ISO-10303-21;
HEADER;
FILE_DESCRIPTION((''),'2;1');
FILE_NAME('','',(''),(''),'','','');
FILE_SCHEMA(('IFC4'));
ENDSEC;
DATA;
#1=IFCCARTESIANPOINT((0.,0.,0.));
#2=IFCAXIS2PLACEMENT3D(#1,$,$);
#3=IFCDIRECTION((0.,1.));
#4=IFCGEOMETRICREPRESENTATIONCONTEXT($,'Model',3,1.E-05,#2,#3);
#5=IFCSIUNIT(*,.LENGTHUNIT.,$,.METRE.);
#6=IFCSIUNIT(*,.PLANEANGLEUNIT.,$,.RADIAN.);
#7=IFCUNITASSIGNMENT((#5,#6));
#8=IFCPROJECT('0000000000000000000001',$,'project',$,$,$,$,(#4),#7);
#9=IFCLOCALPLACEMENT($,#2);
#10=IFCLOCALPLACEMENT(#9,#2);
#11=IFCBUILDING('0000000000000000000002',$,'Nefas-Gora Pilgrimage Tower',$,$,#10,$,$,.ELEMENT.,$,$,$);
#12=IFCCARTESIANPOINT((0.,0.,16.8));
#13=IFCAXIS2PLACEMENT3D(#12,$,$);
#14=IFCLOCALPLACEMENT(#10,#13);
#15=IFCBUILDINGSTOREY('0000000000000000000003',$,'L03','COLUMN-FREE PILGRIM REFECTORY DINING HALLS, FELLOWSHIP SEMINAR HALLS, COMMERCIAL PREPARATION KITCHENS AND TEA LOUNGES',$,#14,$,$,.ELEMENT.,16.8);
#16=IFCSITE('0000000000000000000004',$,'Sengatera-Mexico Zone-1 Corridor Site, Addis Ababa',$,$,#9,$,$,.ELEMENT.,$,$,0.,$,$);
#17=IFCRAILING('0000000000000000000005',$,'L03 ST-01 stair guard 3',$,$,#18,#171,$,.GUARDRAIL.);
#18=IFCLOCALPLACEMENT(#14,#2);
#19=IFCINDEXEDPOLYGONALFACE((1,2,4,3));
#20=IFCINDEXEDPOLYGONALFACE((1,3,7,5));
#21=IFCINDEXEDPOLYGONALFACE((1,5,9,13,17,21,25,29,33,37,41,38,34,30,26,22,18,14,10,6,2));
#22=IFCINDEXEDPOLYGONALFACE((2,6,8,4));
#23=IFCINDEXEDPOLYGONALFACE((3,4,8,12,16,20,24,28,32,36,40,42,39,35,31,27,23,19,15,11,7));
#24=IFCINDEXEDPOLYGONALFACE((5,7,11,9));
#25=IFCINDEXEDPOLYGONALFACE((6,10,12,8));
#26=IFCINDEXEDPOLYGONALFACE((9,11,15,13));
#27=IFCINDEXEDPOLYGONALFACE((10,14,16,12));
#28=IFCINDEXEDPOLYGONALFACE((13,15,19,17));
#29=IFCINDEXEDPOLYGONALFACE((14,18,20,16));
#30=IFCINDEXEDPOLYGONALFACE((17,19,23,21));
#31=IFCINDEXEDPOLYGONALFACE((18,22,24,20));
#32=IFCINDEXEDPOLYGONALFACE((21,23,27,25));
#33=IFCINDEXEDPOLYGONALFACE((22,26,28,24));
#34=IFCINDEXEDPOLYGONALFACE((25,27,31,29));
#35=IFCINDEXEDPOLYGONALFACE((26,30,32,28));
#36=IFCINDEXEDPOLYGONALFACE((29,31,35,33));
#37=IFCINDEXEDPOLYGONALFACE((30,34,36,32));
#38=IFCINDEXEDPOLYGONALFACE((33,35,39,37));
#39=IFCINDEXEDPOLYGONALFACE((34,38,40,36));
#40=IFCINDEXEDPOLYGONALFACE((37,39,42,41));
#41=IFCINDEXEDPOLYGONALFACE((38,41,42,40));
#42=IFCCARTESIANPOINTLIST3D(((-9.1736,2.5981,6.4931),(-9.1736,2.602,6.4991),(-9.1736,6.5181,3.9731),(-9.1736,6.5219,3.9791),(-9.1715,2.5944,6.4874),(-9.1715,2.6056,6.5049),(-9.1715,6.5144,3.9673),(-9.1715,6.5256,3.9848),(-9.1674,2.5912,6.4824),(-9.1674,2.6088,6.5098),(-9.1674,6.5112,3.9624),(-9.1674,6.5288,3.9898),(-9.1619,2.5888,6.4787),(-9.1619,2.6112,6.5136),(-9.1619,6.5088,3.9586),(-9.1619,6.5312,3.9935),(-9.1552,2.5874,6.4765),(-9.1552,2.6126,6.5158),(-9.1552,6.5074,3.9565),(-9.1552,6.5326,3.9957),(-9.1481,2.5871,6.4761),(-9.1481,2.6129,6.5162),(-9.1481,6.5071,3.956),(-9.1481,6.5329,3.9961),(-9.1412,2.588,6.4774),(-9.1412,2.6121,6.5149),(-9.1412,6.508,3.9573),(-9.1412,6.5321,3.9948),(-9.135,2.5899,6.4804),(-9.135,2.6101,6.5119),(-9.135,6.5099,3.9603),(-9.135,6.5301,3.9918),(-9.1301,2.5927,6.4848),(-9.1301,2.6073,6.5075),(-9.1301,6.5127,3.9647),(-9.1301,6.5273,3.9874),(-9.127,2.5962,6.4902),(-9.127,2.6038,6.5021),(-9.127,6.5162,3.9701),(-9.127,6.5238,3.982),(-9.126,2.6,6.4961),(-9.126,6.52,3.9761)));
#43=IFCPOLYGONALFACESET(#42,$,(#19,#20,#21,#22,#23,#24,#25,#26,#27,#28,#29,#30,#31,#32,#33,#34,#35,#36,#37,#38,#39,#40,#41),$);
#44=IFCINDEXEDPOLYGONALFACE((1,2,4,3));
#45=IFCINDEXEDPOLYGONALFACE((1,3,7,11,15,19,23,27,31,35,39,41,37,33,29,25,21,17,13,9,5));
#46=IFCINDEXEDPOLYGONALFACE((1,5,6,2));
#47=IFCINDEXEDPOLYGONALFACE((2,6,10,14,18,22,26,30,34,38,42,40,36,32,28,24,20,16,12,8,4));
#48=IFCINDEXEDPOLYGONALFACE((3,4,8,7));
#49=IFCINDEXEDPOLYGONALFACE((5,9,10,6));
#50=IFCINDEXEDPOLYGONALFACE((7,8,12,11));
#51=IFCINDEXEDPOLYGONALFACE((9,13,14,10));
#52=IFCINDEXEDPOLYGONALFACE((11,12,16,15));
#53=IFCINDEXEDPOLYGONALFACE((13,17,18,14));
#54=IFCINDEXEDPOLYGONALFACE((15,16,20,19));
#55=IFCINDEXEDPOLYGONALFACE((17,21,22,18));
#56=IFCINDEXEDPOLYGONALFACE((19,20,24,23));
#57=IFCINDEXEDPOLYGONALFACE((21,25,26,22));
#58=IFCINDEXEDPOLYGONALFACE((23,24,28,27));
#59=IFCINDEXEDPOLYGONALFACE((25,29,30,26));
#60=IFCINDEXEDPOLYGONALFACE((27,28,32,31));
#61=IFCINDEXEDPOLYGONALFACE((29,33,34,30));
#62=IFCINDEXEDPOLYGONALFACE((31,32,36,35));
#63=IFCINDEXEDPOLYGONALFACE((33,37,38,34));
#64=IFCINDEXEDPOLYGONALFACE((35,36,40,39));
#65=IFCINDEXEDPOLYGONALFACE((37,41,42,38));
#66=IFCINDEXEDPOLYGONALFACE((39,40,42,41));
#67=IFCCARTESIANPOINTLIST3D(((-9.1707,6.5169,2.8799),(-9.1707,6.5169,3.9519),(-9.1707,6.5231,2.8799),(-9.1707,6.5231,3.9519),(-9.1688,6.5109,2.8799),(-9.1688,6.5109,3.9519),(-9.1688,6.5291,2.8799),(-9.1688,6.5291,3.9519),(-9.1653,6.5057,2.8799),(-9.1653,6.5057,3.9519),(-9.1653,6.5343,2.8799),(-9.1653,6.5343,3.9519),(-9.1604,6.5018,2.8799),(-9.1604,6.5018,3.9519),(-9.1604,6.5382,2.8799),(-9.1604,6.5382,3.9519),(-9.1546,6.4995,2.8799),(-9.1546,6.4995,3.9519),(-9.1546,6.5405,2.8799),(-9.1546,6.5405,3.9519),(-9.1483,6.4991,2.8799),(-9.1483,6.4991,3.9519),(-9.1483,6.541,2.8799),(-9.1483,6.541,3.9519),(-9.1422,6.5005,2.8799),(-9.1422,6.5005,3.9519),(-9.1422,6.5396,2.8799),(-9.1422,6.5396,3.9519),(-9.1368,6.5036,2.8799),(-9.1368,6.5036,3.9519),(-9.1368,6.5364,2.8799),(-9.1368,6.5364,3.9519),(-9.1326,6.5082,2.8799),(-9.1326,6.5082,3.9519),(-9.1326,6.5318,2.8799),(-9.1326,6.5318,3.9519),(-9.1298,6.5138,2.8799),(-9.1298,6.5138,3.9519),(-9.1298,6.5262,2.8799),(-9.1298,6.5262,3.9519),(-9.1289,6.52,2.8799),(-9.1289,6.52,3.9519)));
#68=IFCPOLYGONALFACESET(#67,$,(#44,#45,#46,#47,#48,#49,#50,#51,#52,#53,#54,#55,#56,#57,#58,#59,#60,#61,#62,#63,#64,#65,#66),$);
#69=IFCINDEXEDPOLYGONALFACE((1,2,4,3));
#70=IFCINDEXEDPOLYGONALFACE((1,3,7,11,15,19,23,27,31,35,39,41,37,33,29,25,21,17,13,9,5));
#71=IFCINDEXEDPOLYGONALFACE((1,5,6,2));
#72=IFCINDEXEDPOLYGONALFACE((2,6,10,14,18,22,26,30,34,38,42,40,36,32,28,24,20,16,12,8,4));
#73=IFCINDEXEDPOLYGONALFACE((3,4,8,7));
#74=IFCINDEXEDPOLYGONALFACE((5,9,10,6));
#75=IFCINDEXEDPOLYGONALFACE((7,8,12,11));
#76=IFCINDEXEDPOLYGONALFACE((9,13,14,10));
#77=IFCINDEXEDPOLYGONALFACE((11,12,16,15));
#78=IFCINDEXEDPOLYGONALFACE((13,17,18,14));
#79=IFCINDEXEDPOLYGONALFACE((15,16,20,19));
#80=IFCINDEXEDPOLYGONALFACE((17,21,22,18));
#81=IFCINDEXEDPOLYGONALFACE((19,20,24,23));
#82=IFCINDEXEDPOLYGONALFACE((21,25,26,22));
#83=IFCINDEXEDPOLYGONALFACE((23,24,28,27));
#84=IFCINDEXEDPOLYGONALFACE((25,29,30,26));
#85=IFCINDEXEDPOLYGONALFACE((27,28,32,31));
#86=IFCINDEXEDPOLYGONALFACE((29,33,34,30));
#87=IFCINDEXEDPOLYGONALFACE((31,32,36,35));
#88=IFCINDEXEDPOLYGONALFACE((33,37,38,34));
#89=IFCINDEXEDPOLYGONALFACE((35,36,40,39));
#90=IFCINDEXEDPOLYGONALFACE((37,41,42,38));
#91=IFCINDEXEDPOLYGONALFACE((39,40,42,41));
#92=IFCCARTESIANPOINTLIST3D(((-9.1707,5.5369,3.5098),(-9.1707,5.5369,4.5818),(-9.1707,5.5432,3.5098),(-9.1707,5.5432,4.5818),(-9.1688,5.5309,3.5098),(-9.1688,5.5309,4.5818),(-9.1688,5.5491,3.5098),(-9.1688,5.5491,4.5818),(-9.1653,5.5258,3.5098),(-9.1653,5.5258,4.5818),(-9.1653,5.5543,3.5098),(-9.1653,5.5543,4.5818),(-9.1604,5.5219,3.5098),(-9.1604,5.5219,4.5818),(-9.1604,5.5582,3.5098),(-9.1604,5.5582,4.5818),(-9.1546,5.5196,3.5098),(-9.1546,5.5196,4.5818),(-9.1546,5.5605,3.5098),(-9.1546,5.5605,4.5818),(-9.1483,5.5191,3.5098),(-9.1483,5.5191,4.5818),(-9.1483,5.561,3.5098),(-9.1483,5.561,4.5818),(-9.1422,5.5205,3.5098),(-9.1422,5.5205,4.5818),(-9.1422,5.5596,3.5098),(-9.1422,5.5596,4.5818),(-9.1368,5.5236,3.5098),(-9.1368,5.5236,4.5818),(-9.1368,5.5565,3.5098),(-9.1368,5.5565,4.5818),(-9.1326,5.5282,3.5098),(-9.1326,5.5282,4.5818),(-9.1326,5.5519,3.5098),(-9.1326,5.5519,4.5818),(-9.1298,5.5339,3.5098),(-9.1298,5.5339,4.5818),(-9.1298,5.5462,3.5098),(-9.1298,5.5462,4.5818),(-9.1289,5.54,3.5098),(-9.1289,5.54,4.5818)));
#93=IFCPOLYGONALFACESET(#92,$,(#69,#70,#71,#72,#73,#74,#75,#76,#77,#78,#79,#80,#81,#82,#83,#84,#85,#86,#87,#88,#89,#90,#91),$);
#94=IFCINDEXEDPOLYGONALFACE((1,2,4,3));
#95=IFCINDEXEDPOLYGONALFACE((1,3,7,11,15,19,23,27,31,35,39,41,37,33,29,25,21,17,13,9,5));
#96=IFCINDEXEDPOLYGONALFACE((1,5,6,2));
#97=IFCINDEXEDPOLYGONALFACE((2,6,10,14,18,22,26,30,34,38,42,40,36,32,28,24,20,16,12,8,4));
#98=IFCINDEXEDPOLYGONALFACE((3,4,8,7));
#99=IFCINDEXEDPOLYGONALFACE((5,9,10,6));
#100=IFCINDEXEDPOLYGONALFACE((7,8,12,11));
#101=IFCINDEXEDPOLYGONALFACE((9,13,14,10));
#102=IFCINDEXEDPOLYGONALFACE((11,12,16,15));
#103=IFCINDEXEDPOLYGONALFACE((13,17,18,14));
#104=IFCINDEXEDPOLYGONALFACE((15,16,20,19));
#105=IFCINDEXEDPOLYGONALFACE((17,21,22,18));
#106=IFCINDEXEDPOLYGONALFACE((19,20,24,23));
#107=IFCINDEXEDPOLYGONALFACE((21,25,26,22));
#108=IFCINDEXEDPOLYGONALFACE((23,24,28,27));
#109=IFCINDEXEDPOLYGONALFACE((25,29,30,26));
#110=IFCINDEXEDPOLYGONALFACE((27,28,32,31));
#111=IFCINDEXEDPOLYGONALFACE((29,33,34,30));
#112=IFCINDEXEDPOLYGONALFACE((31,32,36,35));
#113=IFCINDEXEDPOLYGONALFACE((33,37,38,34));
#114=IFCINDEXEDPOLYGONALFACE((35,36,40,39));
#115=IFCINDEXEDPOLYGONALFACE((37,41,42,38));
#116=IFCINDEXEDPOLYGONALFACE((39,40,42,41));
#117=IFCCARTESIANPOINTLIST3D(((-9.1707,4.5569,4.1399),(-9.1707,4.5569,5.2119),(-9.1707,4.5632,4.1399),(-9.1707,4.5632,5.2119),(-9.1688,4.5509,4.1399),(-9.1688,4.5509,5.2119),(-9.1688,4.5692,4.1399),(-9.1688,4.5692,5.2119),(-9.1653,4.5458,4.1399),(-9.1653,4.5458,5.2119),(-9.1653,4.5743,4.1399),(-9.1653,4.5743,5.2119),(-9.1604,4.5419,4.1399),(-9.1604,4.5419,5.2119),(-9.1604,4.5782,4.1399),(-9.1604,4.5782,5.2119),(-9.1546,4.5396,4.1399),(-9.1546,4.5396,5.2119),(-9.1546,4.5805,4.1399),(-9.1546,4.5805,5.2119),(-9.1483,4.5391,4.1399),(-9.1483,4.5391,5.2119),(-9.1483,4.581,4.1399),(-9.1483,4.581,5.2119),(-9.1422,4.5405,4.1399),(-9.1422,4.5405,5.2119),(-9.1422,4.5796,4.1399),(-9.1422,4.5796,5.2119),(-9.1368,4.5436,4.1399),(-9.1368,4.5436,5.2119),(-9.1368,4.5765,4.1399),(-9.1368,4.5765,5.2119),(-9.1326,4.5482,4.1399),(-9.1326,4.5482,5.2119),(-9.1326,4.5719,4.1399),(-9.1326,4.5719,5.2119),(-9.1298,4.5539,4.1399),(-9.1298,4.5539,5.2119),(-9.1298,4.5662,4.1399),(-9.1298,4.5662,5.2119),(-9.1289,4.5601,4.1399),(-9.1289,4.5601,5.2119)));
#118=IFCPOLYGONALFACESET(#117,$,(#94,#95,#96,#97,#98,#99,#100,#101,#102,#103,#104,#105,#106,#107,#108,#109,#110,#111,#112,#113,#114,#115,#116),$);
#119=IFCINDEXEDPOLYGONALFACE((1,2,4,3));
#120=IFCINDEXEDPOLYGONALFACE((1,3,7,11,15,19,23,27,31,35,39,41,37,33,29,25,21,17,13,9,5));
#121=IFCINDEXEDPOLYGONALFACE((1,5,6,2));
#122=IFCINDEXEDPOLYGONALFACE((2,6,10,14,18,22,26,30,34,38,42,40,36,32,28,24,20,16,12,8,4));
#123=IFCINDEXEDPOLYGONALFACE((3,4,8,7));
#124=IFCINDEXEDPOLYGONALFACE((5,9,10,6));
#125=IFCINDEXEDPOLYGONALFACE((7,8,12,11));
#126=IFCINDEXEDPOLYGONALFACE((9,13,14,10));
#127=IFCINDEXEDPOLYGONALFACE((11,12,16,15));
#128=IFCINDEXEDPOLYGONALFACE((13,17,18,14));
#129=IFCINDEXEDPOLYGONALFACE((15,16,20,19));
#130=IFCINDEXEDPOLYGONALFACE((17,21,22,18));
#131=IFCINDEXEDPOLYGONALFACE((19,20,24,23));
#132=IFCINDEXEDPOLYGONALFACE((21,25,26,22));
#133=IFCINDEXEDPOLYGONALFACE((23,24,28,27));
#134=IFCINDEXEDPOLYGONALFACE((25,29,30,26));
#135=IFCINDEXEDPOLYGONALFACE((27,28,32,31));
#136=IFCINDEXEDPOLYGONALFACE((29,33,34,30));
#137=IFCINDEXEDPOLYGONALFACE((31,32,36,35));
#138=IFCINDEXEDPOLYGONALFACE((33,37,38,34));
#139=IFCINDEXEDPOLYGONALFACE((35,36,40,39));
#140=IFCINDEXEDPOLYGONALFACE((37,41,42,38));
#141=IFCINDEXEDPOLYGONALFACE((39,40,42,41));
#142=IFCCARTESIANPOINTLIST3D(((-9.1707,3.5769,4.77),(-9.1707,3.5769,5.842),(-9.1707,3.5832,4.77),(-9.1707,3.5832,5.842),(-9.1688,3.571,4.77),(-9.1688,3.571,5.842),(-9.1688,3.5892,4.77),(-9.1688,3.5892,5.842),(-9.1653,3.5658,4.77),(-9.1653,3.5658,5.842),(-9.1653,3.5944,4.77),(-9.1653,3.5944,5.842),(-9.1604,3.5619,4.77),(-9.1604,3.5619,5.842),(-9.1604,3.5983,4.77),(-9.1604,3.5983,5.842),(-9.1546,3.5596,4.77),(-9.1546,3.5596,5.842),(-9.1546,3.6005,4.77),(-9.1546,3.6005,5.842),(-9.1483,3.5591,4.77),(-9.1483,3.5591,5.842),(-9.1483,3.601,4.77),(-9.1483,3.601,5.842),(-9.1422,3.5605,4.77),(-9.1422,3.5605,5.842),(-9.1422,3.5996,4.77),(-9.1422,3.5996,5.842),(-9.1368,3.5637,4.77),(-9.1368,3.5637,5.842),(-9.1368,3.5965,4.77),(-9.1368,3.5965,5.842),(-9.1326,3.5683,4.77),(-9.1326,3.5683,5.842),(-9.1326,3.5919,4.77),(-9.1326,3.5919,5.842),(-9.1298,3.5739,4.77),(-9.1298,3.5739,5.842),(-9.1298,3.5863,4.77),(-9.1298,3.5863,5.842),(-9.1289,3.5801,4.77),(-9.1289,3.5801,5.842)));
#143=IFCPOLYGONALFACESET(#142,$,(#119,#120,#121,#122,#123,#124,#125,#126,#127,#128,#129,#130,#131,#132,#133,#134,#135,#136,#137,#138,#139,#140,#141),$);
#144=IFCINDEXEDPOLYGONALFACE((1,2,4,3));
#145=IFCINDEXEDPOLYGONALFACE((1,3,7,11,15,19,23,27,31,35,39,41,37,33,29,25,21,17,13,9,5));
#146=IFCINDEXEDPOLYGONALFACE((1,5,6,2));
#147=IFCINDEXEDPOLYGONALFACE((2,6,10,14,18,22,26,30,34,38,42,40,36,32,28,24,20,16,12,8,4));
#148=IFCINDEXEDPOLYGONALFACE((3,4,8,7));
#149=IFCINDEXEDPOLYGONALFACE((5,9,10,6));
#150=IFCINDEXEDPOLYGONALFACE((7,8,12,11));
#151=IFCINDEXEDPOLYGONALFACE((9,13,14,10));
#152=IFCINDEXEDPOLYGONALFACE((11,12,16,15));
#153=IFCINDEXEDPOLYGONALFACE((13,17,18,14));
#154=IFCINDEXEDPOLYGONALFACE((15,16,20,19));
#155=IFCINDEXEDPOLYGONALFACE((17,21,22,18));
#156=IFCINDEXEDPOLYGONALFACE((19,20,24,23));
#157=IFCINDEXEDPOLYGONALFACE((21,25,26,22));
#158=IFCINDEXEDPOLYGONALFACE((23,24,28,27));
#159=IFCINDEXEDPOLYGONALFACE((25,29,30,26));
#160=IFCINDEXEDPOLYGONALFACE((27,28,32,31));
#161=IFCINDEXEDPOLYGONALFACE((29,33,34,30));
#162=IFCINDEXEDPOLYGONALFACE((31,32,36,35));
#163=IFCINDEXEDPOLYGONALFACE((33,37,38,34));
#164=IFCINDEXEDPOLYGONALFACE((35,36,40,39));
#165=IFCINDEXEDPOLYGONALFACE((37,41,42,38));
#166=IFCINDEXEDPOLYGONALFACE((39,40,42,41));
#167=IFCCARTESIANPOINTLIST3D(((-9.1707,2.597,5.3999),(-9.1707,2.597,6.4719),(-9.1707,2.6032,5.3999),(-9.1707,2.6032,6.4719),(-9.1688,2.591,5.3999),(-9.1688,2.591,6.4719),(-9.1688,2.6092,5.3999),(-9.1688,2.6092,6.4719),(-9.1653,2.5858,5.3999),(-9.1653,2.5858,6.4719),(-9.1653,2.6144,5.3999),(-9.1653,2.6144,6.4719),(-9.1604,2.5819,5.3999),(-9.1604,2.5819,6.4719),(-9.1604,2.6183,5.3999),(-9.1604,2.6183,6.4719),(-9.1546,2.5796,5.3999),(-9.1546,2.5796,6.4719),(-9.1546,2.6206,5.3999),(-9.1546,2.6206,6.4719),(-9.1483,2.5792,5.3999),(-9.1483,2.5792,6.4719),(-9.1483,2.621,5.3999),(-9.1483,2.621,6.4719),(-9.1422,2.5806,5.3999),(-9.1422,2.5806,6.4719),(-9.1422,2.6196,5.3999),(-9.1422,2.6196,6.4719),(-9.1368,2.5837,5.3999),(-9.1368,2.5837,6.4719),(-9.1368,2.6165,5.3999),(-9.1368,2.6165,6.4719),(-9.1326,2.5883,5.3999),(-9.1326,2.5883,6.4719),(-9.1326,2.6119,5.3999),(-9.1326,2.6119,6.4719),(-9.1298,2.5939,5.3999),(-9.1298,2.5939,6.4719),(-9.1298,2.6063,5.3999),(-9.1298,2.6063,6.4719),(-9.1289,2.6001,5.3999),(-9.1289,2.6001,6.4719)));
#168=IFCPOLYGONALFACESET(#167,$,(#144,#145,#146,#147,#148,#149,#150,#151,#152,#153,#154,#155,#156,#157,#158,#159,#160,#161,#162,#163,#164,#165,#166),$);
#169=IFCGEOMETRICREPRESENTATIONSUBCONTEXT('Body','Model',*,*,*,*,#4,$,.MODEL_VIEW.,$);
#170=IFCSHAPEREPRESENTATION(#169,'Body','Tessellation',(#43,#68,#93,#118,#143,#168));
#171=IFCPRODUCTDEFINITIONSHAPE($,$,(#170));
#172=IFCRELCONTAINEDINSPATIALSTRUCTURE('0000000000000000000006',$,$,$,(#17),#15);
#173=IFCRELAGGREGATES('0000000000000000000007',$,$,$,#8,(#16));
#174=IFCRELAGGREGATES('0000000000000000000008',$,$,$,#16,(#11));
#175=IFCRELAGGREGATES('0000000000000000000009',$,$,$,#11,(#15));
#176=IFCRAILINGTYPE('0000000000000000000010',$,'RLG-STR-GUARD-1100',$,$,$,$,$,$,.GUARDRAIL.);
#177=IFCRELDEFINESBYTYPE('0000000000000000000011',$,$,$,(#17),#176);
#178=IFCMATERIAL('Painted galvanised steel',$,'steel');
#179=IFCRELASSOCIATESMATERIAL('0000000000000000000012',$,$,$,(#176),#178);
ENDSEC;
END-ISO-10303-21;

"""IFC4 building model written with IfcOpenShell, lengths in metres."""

from ifc_helpers import new_model, si_unit, direction, frame, origin, origin_2d, place, context, subcontext, project, spatial, circle, extrude, material, type_object, element, save


model = new_model("IFC4")

# Units and contexts
model_context = context("Model", 3, precision=1e-05, world=origin(), true_north=direction((0.0, 1.0)))
body_context = subcontext(model_context, "Body", "Model", "MODEL_VIEW")
ifc_project = project(units=[si_unit("LENGTHUNIT", "METRE"), si_unit("PLANEANGLEUNIT", "RADIAN")], contexts=[model_context])

# Site, building, storey
site_placement = place(None, origin())
site = spatial("IfcSite", under=ifc_project, at=site_placement, Name="Sengatera-Mexico Zone-1 Corridor Site, Addis Ababa", CompositionType="ELEMENT", RefElevation=0.0)
building_placement = place(site_placement, origin())
building = spatial("IfcBuilding", under=site, at=building_placement, Name="Nefas-Gora Pilgrimage Tower", CompositionType="ELEMENT")
storey_placement = place(building_placement, frame((0.0, 0.0, 16.8)))
storey = spatial("IfcBuildingStorey", under=building, at=storey_placement, Name="L03", Description="COLUMN-FREE PILGRIM REFECTORY DINING HALLS, FELLOWSHIP SEMINAR HALLS, COMMERCIAL PREPARATION KITCHENS AND TEA LOUNGES", CompositionType="ELEMENT", Elevation=16.8)

# Railing
ifc_material_1 = material(Name="Painted galvanised steel", Category="steel")
railing_type_1 = type_object("IfcRailingType", Name="RLG-STR-GUARD-1100", PredefinedType="GUARDRAIL", material=ifc_material_1)
railing_1_placement = place(storey_placement, frame((-9.1499, 6.52, 2.8799)))
element("IfcRailing", 1, at=railing_1_placement, inside=storey, type_object=railing_type_1, Name="L03 ST-01 stair guard 3", PredefinedType="GUARDRAIL", context=body_context, shape_type="SweptSolid", body=[
    extrude(circle(Radius=0.0239, at=origin_2d()), frame((0.0, 0.0, 1.0962), z_axis=(0.0, -0.841172, 0.540768), x_axis=(1.0, 0.0, 0.0)), (0.0, 0.0, 1.0), 4.6602),
    extrude(circle(Radius=0.021, at=origin_2d()), origin(), (0.0, 0.0, 1.0), 1.072),
    extrude(circle(Radius=0.021, at=origin_2d()), frame((0.0, -0.98, 0.6299)), (0.0, 0.0, 1.0), 1.072),
    extrude(circle(Radius=0.021, at=origin_2d()), frame((0.0, -1.96, 1.26)), (0.0, 0.0, 1.0), 1.072),
    extrude(circle(Radius=0.021, at=origin_2d()), frame((0.0, -2.9399, 1.8901)), (0.0, 0.0, 1.0), 1.072),
    extrude(circle(Radius=0.021, at=origin_2d()), frame((0.0, -3.9199, 2.52)), (0.0, 0.0, 1.0), 1.072),
])

save(model, "model.ifc")
